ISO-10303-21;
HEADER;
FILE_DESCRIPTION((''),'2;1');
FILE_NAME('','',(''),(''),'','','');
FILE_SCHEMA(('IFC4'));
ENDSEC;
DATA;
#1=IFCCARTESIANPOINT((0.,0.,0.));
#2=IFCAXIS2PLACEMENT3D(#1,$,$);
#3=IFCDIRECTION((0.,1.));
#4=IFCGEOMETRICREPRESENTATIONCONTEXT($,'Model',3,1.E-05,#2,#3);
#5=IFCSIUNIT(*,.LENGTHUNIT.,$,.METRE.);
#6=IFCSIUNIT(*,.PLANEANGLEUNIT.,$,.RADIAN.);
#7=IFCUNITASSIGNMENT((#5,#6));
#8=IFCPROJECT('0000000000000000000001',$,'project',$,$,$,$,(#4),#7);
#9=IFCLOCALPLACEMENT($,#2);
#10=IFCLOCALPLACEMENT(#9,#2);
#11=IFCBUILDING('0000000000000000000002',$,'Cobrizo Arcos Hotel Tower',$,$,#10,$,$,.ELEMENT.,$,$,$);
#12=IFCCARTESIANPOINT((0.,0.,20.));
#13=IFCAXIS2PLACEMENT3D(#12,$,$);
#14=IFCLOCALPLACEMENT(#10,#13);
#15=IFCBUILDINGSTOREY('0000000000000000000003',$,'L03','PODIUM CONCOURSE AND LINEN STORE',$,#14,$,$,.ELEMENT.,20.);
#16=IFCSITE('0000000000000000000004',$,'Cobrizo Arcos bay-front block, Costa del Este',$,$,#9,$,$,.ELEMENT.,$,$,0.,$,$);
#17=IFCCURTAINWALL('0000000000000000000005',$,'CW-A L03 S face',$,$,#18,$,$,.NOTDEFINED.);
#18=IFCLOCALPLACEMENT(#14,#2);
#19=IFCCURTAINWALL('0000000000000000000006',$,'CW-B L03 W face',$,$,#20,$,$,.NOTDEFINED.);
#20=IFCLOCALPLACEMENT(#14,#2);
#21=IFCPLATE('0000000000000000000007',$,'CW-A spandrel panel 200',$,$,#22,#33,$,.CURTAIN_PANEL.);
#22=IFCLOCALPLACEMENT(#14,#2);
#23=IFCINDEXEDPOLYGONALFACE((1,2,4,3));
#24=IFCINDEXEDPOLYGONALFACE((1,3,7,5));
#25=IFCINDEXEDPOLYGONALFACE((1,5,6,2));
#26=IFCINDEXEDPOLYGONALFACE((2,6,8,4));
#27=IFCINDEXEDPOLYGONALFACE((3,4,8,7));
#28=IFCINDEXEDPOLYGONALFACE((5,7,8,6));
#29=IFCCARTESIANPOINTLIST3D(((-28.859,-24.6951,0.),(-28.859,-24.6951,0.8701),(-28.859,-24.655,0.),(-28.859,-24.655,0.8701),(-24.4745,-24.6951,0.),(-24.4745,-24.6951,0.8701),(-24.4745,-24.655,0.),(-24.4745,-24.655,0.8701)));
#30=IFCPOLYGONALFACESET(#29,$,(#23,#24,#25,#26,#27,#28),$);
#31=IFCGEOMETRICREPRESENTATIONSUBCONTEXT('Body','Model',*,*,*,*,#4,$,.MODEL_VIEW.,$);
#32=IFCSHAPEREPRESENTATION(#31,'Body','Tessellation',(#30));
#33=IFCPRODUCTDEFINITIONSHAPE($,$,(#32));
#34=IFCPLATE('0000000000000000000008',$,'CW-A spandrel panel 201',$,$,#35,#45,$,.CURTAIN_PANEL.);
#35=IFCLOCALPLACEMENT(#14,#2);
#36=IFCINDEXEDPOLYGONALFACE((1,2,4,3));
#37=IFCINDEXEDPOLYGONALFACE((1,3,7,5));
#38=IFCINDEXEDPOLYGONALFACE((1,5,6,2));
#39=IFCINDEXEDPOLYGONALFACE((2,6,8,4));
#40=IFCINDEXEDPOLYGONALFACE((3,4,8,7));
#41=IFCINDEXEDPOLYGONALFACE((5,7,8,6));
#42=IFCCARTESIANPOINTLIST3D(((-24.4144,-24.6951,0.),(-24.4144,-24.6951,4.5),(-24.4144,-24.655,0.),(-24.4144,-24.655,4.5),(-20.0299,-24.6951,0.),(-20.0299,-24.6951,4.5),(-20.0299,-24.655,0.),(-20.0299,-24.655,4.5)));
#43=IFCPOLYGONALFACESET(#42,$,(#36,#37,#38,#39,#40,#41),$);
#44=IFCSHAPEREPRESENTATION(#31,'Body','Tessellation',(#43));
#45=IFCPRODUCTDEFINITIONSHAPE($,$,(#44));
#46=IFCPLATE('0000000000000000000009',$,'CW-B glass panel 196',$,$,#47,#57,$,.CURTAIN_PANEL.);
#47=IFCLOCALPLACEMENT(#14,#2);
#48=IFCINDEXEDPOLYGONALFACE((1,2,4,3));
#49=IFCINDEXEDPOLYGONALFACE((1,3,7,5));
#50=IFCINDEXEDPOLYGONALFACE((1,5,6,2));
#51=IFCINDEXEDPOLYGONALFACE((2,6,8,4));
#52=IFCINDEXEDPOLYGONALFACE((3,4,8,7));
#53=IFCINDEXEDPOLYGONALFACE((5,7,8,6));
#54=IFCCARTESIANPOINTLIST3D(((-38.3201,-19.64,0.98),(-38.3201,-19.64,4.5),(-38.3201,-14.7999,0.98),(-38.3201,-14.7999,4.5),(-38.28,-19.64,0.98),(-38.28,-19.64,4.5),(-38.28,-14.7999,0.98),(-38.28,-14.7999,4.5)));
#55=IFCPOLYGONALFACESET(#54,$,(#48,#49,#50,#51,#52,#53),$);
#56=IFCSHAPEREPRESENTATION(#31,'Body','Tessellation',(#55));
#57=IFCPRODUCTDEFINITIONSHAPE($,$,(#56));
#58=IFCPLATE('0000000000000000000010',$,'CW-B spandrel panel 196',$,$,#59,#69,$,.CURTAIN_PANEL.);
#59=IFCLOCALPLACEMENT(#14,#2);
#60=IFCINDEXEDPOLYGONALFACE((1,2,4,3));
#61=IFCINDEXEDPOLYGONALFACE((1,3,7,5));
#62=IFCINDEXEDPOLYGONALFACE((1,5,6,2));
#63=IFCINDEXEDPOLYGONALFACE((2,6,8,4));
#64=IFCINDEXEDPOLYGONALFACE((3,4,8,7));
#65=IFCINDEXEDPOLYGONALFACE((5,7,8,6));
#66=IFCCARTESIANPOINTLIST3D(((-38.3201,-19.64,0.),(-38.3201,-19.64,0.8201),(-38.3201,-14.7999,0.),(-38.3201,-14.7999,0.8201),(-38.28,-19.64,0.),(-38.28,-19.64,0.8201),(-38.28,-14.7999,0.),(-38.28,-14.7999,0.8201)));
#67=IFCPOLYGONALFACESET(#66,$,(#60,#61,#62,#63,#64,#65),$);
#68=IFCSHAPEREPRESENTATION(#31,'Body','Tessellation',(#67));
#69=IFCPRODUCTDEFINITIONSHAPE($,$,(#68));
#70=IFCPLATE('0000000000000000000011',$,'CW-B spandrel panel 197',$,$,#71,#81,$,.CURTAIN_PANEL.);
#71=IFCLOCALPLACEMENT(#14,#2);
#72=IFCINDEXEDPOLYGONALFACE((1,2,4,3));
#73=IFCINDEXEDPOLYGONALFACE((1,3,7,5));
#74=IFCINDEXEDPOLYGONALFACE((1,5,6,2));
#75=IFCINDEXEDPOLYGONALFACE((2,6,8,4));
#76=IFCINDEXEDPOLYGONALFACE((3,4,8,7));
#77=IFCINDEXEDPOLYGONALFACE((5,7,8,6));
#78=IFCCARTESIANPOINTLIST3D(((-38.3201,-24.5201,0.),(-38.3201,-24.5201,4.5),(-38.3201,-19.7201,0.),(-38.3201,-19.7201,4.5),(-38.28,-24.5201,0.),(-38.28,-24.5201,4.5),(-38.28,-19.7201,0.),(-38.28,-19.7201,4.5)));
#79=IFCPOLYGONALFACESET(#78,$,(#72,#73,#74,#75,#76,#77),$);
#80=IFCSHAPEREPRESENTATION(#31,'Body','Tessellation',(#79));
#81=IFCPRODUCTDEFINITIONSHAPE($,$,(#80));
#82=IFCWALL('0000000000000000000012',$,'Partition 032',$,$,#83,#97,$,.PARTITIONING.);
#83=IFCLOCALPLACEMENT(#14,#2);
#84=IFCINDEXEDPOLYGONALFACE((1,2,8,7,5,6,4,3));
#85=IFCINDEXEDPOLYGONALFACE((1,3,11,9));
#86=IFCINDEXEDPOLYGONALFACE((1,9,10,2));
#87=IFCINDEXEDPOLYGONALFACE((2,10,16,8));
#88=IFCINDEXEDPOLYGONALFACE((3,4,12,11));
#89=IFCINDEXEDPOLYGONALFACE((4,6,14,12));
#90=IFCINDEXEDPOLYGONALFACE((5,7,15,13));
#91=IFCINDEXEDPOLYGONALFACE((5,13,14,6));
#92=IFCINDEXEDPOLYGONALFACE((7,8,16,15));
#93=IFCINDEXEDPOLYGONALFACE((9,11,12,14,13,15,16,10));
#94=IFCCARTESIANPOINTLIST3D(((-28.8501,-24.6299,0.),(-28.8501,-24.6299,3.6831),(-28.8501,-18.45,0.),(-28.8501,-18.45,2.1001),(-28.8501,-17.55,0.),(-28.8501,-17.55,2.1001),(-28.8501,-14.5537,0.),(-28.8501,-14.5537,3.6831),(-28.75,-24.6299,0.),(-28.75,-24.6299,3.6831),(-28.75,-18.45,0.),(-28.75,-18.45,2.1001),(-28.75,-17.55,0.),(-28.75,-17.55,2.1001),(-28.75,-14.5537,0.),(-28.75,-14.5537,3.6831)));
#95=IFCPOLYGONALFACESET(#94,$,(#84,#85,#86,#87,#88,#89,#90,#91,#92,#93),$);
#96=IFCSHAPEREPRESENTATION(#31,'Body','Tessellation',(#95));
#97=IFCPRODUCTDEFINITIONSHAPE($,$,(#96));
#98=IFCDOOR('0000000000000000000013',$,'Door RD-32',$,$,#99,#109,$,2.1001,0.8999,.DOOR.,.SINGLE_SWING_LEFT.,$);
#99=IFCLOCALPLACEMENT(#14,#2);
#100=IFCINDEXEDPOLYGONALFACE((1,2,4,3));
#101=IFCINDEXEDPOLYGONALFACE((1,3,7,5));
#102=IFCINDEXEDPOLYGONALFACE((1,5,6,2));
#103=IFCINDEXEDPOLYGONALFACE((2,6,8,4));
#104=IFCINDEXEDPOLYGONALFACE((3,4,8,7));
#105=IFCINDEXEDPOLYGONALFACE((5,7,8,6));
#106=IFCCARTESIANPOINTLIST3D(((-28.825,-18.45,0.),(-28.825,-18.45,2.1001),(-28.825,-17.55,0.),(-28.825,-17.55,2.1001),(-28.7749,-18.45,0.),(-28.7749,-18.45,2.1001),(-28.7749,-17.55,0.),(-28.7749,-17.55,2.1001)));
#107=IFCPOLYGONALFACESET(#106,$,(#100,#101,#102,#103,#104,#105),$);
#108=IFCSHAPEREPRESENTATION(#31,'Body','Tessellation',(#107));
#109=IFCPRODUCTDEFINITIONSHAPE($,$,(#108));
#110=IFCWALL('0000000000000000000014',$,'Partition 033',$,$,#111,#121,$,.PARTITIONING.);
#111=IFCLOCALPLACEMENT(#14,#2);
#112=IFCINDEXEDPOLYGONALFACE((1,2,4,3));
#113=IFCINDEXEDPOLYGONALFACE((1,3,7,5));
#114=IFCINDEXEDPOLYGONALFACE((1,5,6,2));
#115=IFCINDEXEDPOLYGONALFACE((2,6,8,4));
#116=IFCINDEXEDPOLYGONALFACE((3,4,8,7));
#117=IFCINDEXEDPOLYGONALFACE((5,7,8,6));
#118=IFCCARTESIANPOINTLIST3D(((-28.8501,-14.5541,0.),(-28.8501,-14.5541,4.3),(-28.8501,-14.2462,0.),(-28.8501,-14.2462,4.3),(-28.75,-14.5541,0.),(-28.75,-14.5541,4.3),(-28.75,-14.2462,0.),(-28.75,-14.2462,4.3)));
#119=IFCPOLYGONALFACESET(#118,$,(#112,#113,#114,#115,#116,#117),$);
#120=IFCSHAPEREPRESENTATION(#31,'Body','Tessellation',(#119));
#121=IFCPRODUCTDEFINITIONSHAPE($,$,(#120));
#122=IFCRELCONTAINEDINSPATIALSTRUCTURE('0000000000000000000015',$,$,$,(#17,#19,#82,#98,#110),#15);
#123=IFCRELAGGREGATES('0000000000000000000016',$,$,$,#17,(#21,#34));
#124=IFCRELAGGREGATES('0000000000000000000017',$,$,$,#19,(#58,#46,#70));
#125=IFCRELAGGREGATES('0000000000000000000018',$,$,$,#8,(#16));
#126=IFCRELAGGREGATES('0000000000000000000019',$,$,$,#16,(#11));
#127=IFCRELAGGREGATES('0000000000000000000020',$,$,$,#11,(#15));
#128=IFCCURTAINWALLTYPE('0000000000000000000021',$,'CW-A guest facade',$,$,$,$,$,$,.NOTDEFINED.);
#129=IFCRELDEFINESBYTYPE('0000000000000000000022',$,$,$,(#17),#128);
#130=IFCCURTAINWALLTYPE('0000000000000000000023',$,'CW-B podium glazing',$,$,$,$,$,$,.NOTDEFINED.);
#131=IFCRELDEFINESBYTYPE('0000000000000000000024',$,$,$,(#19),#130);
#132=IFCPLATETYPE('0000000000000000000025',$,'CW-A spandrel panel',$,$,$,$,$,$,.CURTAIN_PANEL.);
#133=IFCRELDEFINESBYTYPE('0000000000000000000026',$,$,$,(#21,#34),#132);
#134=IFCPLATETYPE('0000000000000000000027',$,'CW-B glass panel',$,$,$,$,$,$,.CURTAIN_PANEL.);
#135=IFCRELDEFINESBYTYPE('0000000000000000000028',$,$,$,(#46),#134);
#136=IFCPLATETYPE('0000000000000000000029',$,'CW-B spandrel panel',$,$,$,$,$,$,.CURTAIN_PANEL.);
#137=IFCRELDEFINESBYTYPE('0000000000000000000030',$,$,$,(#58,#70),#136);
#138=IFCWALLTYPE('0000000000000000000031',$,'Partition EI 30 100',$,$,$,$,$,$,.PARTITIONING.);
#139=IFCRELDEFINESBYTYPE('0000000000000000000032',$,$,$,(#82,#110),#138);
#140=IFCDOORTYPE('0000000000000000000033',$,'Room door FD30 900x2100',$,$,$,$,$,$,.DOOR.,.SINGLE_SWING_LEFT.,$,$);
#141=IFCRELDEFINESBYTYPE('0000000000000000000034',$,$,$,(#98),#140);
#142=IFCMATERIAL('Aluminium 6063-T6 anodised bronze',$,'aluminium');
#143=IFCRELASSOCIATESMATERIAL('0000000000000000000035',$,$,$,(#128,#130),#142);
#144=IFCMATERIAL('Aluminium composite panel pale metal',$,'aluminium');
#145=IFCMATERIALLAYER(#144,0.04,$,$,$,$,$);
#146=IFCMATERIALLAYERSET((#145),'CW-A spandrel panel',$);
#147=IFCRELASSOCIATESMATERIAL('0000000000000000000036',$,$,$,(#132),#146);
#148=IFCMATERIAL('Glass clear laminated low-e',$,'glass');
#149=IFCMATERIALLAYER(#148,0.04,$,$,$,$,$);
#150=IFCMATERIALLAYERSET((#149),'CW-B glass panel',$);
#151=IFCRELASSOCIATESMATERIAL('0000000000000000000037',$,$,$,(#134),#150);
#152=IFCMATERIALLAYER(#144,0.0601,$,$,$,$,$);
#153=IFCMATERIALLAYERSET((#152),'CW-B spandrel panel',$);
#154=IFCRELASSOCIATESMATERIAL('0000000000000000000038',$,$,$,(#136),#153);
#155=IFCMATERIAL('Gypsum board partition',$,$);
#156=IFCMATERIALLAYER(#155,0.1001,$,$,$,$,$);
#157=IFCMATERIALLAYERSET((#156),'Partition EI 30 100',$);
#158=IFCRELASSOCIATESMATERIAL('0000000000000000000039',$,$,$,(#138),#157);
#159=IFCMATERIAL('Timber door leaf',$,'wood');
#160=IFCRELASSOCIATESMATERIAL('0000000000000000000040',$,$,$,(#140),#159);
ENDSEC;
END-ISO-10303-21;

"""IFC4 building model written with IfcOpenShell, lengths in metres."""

from ifc_helpers import new_model, si_unit, direction, frame, frame_2d, origin, origin_2d, place, context, subcontext, project, spatial, rectangle, extrude, material, layer, layer_set, type_object, element, fill, aggregate, save


model = new_model("IFC4")

# Units and contexts
model_context = context("Model", 3, precision=1e-05, world=origin(), true_north=direction((0.0, 1.0)))
body_context = subcontext(model_context, "Body", "Model", "MODEL_VIEW")
ifc_project = project(units=[si_unit("LENGTHUNIT", "METRE"), si_unit("PLANEANGLEUNIT", "RADIAN")], contexts=[model_context])

# Site, building, storey
site_placement = place(None, origin())
site = spatial("IfcSite", under=ifc_project, at=site_placement, Name="Cobrizo Arcos bay-front block, Costa del Este", CompositionType="ELEMENT", RefElevation=0.0)
building_placement = place(site_placement, origin())
building = spatial("IfcBuilding", under=site, at=building_placement, Name="Cobrizo Arcos Hotel Tower", CompositionType="ELEMENT")
storey_placement = place(building_placement, frame((0.0, 0.0, 20.0)))
storey = spatial("IfcBuildingStorey", under=building, at=storey_placement, Name="L03", Description="PODIUM CONCOURSE AND LINEN STORE", CompositionType="ELEMENT", Elevation=20.0)

# Curtain walls
ifc_material_1 = material(Name="Aluminium 6063-T6 anodised bronze", Category="aluminium")
curtain_wall_type_1 = type_object("IfcCurtainWallType", Name="CW-A guest facade", PredefinedType="NOTDEFINED", material=ifc_material_1)
curtain_wall_1_placement = place(storey_placement, origin())
curtain_wall_1 = element("IfcCurtainWall", 1, at=curtain_wall_1_placement, inside=storey, type_object=curtain_wall_type_1, Name="CW-A L03 S face", PredefinedType="NOTDEFINED")
curtain_wall_type_2 = type_object("IfcCurtainWallType", Name="CW-B podium glazing", PredefinedType="NOTDEFINED", material=ifc_material_1)
curtain_wall_2_placement = place(storey_placement, origin())
curtain_wall_2 = element("IfcCurtainWall", 2, at=curtain_wall_2_placement, inside=storey, type_object=curtain_wall_type_2, Name="CW-B L03 W face", PredefinedType="NOTDEFINED")

# Plates
ifc_material_2 = material(Name="Glass clear laminated low-e", Category="glass")
ifc_material_3 = material(Name="Aluminium composite panel pale metal", Category="aluminium")
ifc_layer_1 = layer(ifc_material_3, 0.04)
ifc_layer_set_1 = layer_set([ifc_layer_1], Name="CW-A spandrel panel")
plate_type_1 = type_object("IfcPlateType", Name="CW-A spandrel panel", PredefinedType="CURTAIN_PANEL", material=ifc_layer_set_1)
plate_1_placement = place(storey_placement, frame((-26.6667, -24.675, 0.0), z_axis=(0.0, 0.0, 1.0), x_axis=(1.0, 0.0, 0.0)))
plate_1 = element("IfcPlate", 3, at=plate_1_placement, type_object=plate_type_1, Name="CW-A spandrel panel 200", PredefinedType="CURTAIN_PANEL", context=body_context, shape_type="SweptSolid", body=[
    extrude(rectangle(XDim=4.3845, YDim=0.04, at=origin_2d()), origin(), (0.0, 0.0, 1.0), 0.8701),
])
plate_2_placement = place(storey_placement, frame((-22.2222, -24.675, 0.0), z_axis=(0.0, 0.0, 1.0), x_axis=(1.0, 0.0, 0.0)))
plate_2 = element("IfcPlate", 4, at=plate_2_placement, type_object=plate_type_1, Name="CW-A spandrel panel 201", PredefinedType="CURTAIN_PANEL", context=body_context, shape_type="SweptSolid", body=[
    extrude(rectangle(XDim=4.3845, YDim=0.04, at=origin_2d()), origin(), (0.0, 0.0, 1.0), 4.5),
])
aggregate(curtain_wall_1, [plate_1, plate_2])
ifc_layer_2 = layer(ifc_material_2, 0.04)
ifc_layer_set_2 = layer_set([ifc_layer_2], Name="CW-B glass panel")
plate_type_2 = type_object("IfcPlateType", Name="CW-B glass panel", PredefinedType="CURTAIN_PANEL", material=ifc_layer_set_2)
plate_3_placement = place(storey_placement, frame((-38.3, -17.22, 0.98), z_axis=(0.0, 0.0, 1.0), x_axis=(0.0, -1.0, 0.0)))
plate_3 = element("IfcPlate", 5, at=plate_3_placement, type_object=plate_type_2, Name="CW-B glass panel 196", PredefinedType="CURTAIN_PANEL", context=body_context, shape_type="SweptSolid", body=[
    extrude(rectangle(XDim=4.8401, YDim=0.04, at=origin_2d()), origin(), (0.0, 0.0, 1.0), 3.52),
])
ifc_layer_3 = layer(ifc_material_3, 0.0601)
ifc_layer_set_3 = layer_set([ifc_layer_3], Name="CW-B spandrel panel")
plate_type_3 = type_object("IfcPlateType", Name="CW-B spandrel panel", PredefinedType="CURTAIN_PANEL", material=ifc_layer_set_3)
plate_4_placement = place(storey_placement, frame((-38.3, -17.22, 0.0), z_axis=(0.0, 0.0, 1.0), x_axis=(0.0, -1.0, 0.0)))
plate_4 = element("IfcPlate", 6, at=plate_4_placement, type_object=plate_type_3, Name="CW-B spandrel panel 196", PredefinedType="CURTAIN_PANEL", context=body_context, shape_type="SweptSolid", body=[
    extrude(rectangle(XDim=4.8401, YDim=0.04, at=origin_2d()), origin(), (0.0, 0.0, 1.0), 0.8201),
])
plate_5_placement = place(storey_placement, frame((-38.3, -22.1201, 0.0), z_axis=(0.0, 0.0, 1.0), x_axis=(0.0, -1.0, 0.0)))
plate_5 = element("IfcPlate", 7, at=plate_5_placement, type_object=plate_type_3, Name="CW-B spandrel panel 197", PredefinedType="CURTAIN_PANEL", context=body_context, shape_type="SweptSolid", body=[
    extrude(rectangle(XDim=4.8, YDim=0.04, at=origin_2d()), origin(), (0.0, 0.0, 1.0), 4.5),
])
aggregate(curtain_wall_2, [plate_4, plate_3, plate_5])

# Wall, opening, door
ifc_material_4 = material(Name="Gypsum board partition")
ifc_layer_4 = layer(ifc_material_4, 0.1001)
ifc_layer_set_4 = layer_set([ifc_layer_4], Name="Partition EI 30 100")
wall_type = type_object("IfcWallType", Name="Partition EI 30 100", PredefinedType="PARTITIONING", material=ifc_layer_set_4)
wall_1_placement = place(storey_placement, frame((-28.8, -24.6299, 0.0), z_axis=(0.0, 0.0, 1.0), x_axis=(0.0, 1.0, 0.0)))
wall_1 = element("IfcWall", 8, at=wall_1_placement, inside=storey, type_object=wall_type, Name="Partition 032", PredefinedType="PARTITIONING", context=body_context, shape_type="SweptSolid", body=[
    extrude(rectangle(XDim=10.0762, YDim=0.1001, at=frame_2d((5.0381, 0.0))), origin(), (0.0, 0.0, 1.0), 3.6831),
])
opening_placement = place(wall_1_placement, frame((6.1799, 0.0, 0.0)))
opening = element("IfcOpeningElement", 9, at=opening_placement, cuts=wall_1, PredefinedType="OPENING", context=body_context, shape_type="SweptSolid", body=[
    extrude(rectangle(XDim=0.8999, YDim=2.1001, at=frame_2d((0.45, 1.05))), frame((0.0, 0.062, 0.0), z_axis=(0.0, -1.0, 0.0), x_axis=(1.0, 0.0, 0.0)), (0.0, 0.0, 1.0), 0.124),
])
ifc_material_5 = material(Name="Timber door leaf", Category="wood")
door_type = type_object("IfcDoorType", Name="Room door FD30 900x2100", OperationType="SINGLE_SWING_LEFT", PredefinedType="DOOR", material=ifc_material_5)
door_placement = place(opening_placement, origin())
door = element("IfcDoor", 10, at=door_placement, inside=storey, type_object=door_type, Name="Door RD-32", OperationType="SINGLE_SWING_LEFT", OverallHeight=2.1001, OverallWidth=0.8999, PredefinedType="DOOR", context=body_context, shape_type="SweptSolid", body=[
    extrude(rectangle(XDim=0.8999, YDim=2.1001, at=frame_2d((0.45, 1.05))), frame((0.0, 0.0249, 0.0), z_axis=(0.0, -1.0, 0.0), x_axis=(1.0, 0.0, 0.0)), (0.0, 0.0, 1.0), 0.05),
])
fill(opening, door)

# Wall
wall_2_placement = place(storey_placement, frame((-28.8, -14.554, 0.0), z_axis=(0.0, 0.0, 1.0), x_axis=(0.0, 1.0, 0.0)))
element("IfcWall", 11, at=wall_2_placement, inside=storey, type_object=wall_type, Name="Partition 033", PredefinedType="PARTITIONING", context=body_context, shape_type="SweptSolid", body=[
    extrude(rectangle(XDim=0.3079, YDim=0.1001, at=frame_2d((0.1538, 0.0))), origin(), (0.0, 0.0, 1.0), 4.3),
])

save(model, "model.ifc")
